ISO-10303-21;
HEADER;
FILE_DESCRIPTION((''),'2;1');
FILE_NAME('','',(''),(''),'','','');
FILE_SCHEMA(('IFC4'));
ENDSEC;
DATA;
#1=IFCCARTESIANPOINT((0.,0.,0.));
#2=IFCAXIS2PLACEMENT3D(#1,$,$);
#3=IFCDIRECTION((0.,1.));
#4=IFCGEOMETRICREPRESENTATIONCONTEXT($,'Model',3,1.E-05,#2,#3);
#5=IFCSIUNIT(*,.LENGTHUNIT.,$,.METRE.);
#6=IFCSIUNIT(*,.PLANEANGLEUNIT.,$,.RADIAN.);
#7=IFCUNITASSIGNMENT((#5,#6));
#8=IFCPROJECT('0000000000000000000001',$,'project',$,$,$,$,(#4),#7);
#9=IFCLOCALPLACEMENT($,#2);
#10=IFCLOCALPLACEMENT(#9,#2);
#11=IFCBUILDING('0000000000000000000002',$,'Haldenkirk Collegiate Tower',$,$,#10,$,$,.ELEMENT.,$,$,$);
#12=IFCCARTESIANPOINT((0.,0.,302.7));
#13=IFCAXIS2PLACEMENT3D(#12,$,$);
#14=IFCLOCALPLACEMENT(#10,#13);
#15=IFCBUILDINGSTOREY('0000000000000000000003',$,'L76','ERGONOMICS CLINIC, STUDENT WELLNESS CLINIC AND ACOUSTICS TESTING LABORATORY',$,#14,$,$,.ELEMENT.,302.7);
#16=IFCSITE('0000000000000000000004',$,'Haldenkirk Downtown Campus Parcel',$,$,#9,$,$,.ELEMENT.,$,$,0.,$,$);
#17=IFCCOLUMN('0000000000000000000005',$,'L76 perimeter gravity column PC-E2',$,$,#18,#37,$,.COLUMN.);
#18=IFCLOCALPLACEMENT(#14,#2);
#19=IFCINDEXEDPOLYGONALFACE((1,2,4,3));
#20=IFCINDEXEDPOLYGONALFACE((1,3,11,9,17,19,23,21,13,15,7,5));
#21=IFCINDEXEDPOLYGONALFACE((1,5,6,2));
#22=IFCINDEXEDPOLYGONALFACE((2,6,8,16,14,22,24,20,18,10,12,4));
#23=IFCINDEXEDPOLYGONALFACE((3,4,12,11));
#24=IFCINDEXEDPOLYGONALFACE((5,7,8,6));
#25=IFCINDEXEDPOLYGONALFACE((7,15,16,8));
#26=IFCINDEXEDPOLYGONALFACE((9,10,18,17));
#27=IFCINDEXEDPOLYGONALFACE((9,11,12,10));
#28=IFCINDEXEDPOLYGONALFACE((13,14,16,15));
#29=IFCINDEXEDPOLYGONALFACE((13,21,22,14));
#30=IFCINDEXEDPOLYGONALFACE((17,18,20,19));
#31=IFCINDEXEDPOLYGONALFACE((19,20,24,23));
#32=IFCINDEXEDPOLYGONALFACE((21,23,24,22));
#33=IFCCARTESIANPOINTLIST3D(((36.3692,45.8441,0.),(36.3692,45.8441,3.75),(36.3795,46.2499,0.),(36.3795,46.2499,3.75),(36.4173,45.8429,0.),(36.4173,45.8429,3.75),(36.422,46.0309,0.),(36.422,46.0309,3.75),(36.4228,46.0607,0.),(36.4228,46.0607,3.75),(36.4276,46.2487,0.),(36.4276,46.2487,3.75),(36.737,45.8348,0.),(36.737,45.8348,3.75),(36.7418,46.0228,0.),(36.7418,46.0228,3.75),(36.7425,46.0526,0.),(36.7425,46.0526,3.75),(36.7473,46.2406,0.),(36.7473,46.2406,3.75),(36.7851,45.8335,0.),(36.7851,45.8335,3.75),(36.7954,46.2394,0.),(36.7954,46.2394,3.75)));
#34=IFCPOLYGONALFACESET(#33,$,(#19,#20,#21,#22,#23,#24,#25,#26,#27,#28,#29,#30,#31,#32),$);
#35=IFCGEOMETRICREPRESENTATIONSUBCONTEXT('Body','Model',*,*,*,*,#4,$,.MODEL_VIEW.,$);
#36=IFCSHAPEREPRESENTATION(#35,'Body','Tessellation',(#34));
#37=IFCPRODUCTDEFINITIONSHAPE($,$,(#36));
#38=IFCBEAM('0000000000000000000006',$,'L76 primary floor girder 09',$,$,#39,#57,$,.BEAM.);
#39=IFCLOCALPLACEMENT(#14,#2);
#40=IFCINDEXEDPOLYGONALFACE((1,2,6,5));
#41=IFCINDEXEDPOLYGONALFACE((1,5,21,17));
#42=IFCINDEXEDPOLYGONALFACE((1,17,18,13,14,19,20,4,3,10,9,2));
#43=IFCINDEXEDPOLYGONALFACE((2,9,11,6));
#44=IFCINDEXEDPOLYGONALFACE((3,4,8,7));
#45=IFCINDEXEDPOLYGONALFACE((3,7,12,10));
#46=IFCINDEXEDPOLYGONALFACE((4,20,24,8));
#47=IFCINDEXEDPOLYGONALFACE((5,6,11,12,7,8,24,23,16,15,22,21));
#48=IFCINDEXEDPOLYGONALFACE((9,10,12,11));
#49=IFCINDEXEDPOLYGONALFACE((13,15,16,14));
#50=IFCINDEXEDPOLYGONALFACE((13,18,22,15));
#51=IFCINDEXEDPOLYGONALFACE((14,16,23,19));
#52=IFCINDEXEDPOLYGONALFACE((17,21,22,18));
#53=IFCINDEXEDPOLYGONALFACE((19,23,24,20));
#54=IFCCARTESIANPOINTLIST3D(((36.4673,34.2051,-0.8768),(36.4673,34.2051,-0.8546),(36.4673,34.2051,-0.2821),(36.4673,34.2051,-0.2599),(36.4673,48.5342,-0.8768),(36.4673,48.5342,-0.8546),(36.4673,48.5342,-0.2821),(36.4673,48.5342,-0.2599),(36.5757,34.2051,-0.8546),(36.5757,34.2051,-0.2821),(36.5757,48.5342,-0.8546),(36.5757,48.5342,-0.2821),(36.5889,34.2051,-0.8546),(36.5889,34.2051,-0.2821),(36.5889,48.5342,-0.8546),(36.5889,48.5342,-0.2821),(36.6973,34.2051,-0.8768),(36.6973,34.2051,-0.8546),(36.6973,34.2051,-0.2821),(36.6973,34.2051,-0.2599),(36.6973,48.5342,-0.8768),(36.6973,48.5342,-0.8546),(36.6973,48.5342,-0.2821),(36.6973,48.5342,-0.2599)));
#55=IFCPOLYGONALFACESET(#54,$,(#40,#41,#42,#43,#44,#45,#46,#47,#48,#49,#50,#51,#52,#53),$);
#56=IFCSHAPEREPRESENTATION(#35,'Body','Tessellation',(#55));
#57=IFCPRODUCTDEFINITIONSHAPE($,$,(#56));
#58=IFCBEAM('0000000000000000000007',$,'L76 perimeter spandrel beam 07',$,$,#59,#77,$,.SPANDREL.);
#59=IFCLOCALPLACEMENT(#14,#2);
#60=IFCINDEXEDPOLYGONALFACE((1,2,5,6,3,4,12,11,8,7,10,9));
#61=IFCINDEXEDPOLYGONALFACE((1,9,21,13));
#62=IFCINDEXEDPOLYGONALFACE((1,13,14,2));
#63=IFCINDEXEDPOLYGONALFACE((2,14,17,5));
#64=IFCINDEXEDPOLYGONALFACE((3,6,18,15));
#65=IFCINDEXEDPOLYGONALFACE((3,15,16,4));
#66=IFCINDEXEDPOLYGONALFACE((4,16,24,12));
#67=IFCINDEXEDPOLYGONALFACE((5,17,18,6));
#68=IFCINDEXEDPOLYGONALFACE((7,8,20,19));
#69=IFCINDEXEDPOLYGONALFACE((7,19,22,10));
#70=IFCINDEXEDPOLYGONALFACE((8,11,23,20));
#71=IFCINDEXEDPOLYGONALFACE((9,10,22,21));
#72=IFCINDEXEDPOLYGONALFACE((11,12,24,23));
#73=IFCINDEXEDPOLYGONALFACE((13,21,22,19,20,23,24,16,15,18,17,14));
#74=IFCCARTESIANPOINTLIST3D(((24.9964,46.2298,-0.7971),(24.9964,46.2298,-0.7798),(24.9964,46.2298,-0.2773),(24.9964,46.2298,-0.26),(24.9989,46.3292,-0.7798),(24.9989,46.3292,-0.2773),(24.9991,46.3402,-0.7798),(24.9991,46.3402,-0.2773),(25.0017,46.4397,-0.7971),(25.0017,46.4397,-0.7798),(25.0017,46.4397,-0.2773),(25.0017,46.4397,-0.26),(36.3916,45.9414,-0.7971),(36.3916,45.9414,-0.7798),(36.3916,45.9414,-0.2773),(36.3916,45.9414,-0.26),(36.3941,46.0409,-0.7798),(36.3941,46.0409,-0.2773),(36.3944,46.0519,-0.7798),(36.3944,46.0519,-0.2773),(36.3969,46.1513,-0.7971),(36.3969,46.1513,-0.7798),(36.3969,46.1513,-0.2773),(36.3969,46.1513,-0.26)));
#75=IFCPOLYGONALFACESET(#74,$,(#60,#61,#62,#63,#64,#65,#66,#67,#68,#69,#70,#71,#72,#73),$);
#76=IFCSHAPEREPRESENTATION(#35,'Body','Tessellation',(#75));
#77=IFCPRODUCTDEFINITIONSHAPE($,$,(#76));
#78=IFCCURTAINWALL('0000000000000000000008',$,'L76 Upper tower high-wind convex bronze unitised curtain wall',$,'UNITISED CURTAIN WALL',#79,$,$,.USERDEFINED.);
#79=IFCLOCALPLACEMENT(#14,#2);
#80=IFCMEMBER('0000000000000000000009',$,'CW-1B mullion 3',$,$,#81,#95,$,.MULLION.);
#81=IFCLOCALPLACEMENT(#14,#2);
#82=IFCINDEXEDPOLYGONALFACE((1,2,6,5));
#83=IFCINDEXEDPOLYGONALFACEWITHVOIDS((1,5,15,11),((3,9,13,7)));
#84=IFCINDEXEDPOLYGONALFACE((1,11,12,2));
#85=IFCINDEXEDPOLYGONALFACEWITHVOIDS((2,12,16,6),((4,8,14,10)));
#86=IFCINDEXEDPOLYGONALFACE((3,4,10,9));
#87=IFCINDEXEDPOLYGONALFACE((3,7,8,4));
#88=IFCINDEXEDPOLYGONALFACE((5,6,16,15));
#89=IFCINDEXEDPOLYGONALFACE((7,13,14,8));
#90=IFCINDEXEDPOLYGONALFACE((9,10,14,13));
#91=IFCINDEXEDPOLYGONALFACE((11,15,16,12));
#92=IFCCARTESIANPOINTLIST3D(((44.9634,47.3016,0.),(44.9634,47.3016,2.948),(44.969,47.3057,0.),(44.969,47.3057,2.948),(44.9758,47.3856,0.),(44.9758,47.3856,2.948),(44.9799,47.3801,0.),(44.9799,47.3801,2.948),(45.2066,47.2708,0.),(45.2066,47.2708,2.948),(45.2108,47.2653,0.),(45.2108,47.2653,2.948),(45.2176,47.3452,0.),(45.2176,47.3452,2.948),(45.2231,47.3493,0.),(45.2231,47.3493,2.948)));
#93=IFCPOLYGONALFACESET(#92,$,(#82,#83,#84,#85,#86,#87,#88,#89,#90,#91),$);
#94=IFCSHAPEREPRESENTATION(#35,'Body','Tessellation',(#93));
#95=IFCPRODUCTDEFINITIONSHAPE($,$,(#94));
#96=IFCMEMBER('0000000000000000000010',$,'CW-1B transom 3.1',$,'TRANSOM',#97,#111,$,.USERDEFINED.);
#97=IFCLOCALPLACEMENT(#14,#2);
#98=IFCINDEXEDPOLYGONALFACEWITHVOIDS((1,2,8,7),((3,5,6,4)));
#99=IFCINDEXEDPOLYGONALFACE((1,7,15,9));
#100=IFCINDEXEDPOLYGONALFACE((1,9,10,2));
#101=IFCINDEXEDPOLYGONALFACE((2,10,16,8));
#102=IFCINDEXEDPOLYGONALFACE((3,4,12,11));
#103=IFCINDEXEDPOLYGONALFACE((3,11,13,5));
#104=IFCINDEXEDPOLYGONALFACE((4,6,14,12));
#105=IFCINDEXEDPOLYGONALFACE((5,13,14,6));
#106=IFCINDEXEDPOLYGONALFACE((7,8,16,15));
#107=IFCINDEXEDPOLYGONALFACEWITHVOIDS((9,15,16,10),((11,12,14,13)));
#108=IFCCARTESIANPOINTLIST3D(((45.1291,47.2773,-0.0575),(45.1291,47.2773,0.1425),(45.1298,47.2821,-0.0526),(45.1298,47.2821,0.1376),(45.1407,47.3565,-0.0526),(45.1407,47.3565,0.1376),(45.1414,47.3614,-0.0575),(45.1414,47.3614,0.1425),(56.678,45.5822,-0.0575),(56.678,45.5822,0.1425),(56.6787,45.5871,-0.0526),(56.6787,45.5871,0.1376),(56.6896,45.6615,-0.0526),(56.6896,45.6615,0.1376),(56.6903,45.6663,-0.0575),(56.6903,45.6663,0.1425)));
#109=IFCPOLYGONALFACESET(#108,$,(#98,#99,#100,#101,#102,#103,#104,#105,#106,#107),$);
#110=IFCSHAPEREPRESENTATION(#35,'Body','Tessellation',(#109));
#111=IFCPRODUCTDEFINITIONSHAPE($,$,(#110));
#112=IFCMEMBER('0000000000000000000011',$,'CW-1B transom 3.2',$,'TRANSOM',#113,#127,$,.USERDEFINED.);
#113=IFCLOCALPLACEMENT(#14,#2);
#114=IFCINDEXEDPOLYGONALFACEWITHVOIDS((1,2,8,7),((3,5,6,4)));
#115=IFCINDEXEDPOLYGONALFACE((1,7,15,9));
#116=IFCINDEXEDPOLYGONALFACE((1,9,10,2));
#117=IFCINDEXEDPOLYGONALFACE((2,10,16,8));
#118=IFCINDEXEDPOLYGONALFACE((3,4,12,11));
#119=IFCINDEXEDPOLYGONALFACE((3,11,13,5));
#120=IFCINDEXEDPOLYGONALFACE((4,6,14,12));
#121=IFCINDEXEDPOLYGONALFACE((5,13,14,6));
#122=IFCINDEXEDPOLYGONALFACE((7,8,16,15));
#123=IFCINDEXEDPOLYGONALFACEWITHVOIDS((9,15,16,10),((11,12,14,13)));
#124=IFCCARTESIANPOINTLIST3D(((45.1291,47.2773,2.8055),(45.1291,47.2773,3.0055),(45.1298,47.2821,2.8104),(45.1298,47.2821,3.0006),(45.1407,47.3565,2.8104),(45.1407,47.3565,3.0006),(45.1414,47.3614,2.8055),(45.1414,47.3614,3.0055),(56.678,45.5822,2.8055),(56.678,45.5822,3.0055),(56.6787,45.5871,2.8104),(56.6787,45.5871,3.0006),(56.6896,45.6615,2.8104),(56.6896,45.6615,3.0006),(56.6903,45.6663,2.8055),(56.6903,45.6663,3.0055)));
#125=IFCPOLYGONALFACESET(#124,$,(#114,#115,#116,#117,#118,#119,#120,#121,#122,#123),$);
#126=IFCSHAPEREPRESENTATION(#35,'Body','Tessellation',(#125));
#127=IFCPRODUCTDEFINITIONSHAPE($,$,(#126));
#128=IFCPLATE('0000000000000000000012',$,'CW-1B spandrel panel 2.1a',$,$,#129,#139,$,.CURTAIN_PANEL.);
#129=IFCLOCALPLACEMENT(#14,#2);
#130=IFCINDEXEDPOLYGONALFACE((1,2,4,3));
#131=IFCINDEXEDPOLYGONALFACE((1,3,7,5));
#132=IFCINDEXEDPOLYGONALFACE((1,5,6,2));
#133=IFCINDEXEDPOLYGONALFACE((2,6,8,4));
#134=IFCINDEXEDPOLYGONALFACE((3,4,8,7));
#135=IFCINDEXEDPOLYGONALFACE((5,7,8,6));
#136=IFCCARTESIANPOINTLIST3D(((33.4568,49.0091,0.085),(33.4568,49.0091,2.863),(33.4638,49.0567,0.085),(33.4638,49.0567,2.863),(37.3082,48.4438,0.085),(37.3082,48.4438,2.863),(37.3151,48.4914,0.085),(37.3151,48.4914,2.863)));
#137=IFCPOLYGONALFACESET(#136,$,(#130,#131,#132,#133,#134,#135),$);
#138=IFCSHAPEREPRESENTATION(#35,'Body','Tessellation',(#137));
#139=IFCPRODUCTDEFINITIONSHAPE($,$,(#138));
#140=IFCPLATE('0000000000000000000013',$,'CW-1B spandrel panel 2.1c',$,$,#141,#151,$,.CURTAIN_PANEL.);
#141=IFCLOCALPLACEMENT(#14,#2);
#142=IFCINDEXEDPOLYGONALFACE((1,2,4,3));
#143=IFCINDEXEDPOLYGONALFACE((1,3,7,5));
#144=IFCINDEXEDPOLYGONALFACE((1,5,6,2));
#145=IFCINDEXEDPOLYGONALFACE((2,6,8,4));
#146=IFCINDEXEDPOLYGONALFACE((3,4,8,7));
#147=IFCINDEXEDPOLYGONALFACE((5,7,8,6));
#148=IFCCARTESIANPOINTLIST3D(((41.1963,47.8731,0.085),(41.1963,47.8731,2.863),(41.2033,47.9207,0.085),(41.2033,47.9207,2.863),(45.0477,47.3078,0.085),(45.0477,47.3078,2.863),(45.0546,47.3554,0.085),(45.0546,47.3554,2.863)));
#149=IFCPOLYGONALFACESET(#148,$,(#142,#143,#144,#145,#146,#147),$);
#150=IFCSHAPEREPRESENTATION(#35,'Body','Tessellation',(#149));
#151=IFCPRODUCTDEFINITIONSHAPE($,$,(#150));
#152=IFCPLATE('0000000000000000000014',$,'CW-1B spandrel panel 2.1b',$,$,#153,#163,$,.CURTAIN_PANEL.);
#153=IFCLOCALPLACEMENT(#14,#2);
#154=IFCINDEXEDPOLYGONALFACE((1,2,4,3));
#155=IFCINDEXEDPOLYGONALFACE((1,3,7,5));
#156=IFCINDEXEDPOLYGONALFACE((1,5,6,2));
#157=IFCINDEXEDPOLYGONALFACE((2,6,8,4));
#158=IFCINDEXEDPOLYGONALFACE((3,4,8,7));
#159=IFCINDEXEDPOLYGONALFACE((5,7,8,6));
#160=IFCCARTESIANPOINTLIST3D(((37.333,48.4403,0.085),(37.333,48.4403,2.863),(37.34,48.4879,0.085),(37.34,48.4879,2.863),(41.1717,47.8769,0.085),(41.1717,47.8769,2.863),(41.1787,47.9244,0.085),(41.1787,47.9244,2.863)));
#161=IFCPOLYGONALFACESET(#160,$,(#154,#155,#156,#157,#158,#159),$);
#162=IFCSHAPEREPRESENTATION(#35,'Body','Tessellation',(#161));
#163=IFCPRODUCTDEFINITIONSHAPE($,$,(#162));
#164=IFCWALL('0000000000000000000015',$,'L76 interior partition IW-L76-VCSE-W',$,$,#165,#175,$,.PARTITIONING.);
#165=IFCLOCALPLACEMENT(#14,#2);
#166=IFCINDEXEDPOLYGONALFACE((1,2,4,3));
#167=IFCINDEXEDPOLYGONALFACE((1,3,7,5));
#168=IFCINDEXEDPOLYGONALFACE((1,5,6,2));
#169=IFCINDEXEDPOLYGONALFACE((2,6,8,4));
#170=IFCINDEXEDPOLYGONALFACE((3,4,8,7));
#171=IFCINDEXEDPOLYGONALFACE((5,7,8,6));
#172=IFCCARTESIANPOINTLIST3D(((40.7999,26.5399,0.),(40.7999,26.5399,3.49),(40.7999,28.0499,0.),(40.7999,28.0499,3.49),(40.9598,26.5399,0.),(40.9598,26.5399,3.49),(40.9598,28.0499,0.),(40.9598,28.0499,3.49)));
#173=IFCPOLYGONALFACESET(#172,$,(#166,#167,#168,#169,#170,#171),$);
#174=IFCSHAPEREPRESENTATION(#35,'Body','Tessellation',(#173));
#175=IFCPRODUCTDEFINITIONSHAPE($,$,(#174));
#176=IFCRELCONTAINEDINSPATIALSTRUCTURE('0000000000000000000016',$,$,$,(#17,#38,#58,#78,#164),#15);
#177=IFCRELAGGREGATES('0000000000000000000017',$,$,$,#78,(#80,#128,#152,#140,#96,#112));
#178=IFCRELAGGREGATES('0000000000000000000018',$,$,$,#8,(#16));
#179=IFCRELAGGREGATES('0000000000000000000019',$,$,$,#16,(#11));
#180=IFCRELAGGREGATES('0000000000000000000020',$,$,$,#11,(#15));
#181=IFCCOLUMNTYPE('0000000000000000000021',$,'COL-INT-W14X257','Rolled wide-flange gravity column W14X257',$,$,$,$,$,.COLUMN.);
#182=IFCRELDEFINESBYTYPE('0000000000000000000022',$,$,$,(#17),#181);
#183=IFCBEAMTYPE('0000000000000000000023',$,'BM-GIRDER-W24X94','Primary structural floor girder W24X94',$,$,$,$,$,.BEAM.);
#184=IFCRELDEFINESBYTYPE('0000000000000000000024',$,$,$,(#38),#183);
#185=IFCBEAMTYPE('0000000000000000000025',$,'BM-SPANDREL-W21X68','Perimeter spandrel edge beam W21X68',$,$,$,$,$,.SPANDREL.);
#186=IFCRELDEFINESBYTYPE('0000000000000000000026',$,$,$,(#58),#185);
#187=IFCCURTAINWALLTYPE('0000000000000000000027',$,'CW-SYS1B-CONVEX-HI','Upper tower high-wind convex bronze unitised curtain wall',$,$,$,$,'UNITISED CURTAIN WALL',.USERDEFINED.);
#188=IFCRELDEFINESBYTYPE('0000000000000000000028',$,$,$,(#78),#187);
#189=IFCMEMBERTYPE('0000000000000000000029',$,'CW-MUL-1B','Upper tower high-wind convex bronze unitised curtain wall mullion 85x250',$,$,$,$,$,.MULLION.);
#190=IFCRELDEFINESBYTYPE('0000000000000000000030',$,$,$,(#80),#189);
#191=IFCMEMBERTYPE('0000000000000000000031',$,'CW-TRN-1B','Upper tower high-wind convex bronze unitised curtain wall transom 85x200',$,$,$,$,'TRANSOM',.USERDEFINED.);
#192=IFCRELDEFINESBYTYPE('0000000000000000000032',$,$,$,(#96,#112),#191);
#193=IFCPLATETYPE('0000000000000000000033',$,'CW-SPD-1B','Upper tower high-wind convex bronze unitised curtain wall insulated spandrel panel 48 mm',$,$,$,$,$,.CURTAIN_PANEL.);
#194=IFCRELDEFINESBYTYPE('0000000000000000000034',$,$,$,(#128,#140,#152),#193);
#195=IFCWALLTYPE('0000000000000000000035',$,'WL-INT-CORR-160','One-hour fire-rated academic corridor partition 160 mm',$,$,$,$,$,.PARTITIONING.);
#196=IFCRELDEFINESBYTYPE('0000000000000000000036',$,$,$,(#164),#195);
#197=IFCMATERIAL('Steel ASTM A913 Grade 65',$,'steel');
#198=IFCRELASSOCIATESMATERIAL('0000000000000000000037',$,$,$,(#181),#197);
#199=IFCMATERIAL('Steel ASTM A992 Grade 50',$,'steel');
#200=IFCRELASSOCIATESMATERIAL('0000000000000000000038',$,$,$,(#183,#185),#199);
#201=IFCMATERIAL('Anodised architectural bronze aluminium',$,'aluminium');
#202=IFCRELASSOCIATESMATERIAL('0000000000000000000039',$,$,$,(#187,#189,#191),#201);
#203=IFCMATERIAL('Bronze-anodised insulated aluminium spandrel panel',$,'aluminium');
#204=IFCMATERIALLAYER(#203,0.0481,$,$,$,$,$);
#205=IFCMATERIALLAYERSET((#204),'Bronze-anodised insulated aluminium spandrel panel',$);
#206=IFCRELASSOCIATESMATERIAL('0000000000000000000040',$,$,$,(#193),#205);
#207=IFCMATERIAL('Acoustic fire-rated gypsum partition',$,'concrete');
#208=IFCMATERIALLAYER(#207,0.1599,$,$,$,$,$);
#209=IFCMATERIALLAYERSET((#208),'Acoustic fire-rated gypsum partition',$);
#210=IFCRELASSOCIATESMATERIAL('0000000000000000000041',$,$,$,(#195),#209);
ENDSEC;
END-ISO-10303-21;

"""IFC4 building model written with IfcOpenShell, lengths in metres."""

from ifc_helpers import new_model, si_unit, direction, frame, frame_2d, origin, origin_2d, place, context, subcontext, project, spatial, rectangle, hollow_rectangle, i_section, extrude, source, transform, mapped, material, layer, layer_set, material_profile, profile_set, type_object, element, aggregate, save


model = new_model("IFC4")

# Units and contexts
model_context = context("Model", 3, precision=1e-05, world=origin(), true_north=direction((0.0, 1.0)))
body_context = subcontext(model_context, "Body", "Model", "MODEL_VIEW")
ifc_project = project(units=[si_unit("LENGTHUNIT", "METRE"), si_unit("PLANEANGLEUNIT", "RADIAN")], contexts=[model_context])

# Site, building, storey
site_placement = place(None, origin())
site = spatial("IfcSite", under=ifc_project, at=site_placement, Name="Haldenkirk Downtown Campus Parcel", CompositionType="ELEMENT", RefElevation=0.0)
building_placement = place(site_placement, origin())
building = spatial("IfcBuilding", under=site, at=building_placement, Name="Haldenkirk Collegiate Tower", CompositionType="ELEMENT")
storey_placement = place(building_placement, frame((0.0, 0.0, 302.7)))
storey = spatial("IfcBuildingStorey", under=building, at=storey_placement, Name="L76", Description="ERGONOMICS CLINIC, STUDENT WELLNESS CLINIC AND ACOUSTICS TESTING LABORATORY", CompositionType="ELEMENT", Elevation=302.7)

# Column
ifc_material_1 = material(Name="Steel ASTM A913 Grade 65", Category="steel")
ifc_material_profile_1 = material_profile(ifc_material_1, i_section(OverallWidth=0.406, OverallDepth=0.416, WebThickness=0.0298, FlangeThickness=0.0481, at=origin_2d()), Name="W14X257")
ifc_profile_set_1 = profile_set([ifc_material_profile_1], Name="Steel ASTM A913 Grade 65")
column_type = type_object("IfcColumnType", Name="COL-INT-W14X257", Description="Rolled wide-flange gravity column W14X257", PredefinedType="COLUMN", material=ifc_profile_set_1)
column_placement = place(storey_placement, frame((36.5823, 46.0417, 0.0), z_axis=(0.0, 0.0, 1.0), x_axis=(0.025305, 0.99968, 0.0)))
element("IfcColumn", 1, at=column_placement, inside=storey, type_object=column_type, Name="L76 perimeter gravity column PC-E2", PredefinedType="COLUMN", context=body_context, shape_type="SweptSolid", body=[
    extrude(i_section(OverallWidth=0.406, OverallDepth=0.416, WebThickness=0.0298, FlangeThickness=0.0481, at=origin_2d()), origin(), (0.0, 0.0, 1.0), 3.75),
])

# Beams
ifc_material_2 = material(Name="Steel ASTM A992 Grade 50", Category="steel")
ifc_material_profile_2 = material_profile(ifc_material_2, i_section(OverallWidth=0.23, OverallDepth=0.6169, WebThickness=0.0132, FlangeThickness=0.0222, at=origin_2d()), Name="W24X94")
ifc_profile_set_2 = profile_set([ifc_material_profile_2], Name="Steel ASTM A992 Grade 50")
beam_type_1 = type_object("IfcBeamType", Name="BM-GIRDER-W24X94", Description="Primary structural floor girder W24X94", PredefinedType="BEAM", material=ifc_profile_set_2)
beam_1_placement = place(storey_placement, frame((36.5823, 48.5342, -0.5684), z_axis=(0.0, -1.0, 0.0), x_axis=(1.0, 0.0, 0.0)))
element("IfcBeam", 2, at=beam_1_placement, inside=storey, type_object=beam_type_1, Name="L76 primary floor girder 09", PredefinedType="BEAM", context=body_context, shape_type="SweptSolid", body=[
    extrude(i_section(OverallWidth=0.23, OverallDepth=0.6169, WebThickness=0.0132, FlangeThickness=0.0222, at=origin_2d()), origin(), (0.0, 0.0, 1.0), 14.3291),
])
ifc_material_profile_3 = material_profile(ifc_material_2, i_section(OverallWidth=0.21, OverallDepth=0.5371, WebThickness=0.011, FlangeThickness=0.0173, at=origin_2d()), Name="W21X68")
ifc_profile_set_3 = profile_set([ifc_material_profile_3], Name="Steel ASTM A992 Grade 50")
beam_type_2 = type_object("IfcBeamType", Name="BM-SPANDREL-W21X68", Description="Perimeter spandrel edge beam W21X68", PredefinedType="SPANDREL", material=ifc_profile_set_3)
beam_2_placement = place(storey_placement, frame((36.3943, 46.0464, -0.5286), z_axis=(-0.99968, 0.025295, 0.0), x_axis=(-0.025295, -0.99968, 0.0)))
element("IfcBeam", 3, at=beam_2_placement, inside=storey, type_object=beam_type_2, Name="L76 perimeter spandrel beam 07", PredefinedType="SPANDREL", context=body_context, shape_type="SweptSolid", body=[
    extrude(i_section(OverallWidth=0.21, OverallDepth=0.5371, WebThickness=0.011, FlangeThickness=0.0173, at=origin_2d()), origin(), (0.0, 0.0, 1.0), 11.3989),
])

# Curtain wall, members, plates
ifc_material_3 = material(Name="Anodised architectural bronze aluminium", Category="aluminium")
curtain_wall_type = type_object("IfcCurtainWallType", Name="CW-SYS1B-CONVEX-HI", Description="Upper tower high-wind convex bronze unitised curtain wall", ElementType="UNITISED CURTAIN WALL", PredefinedType="USERDEFINED", material=ifc_material_3)
curtain_wall_placement = place(storey_placement, origin())
curtain_wall = element("IfcCurtainWall", 4, at=curtain_wall_placement, inside=storey, type_object=curtain_wall_type, Name="L76 Upper tower high-wind convex bronze unitised curtain wall", ObjectType="UNITISED CURTAIN WALL", PredefinedType="USERDEFINED")
ifc_material_profile_4 = material_profile(ifc_material_3, hollow_rectangle(XDim=0.085, YDim=0.25, WallThickness=0.0049, at=origin_2d()), Name="CW-MUL-1B")
ifc_profile_set_4 = profile_set([ifc_material_profile_4], Name="Anodised architectural bronze aluminium")
member_type_1 = type_object("IfcMemberType", Name="CW-MUL-1B", Description="Upper tower high-wind convex bronze unitised curtain wall mullion 85x250", PredefinedType="MULLION", material=ifc_profile_set_4)
member_1_placement = place(storey_placement, frame((45.0933, 47.3254, 0.0), z_axis=(0.0, 0.0, 1.0), x_axis=(0.14522, 0.989399, 0.0)))
member_1 = element("IfcMember", 5, at=member_1_placement, type_object=member_type_1, Name="CW-1B mullion 3", PredefinedType="MULLION", context=body_context, shape_type="SweptSolid", body=[
    extrude(hollow_rectangle(XDim=0.085, YDim=0.25, WallThickness=0.0049, at=origin_2d()), origin(), (0.0, 0.0, 1.0), 2.948),
])
ifc_material_profile_5 = material_profile(ifc_material_3, hollow_rectangle(XDim=0.085, YDim=0.2, WallThickness=0.0049, at=origin_2d()), Name="CW-TRN-1B")
ifc_profile_set_5 = profile_set([ifc_material_profile_5], Name="Anodised architectural bronze aluminium")
member_type_2 = type_object("IfcMemberType", Name="CW-TRN-1B", Description="Upper tower high-wind convex bronze unitised curtain wall transom 85x200", ElementType="TRANSOM", PredefinedType="USERDEFINED", material=ifc_profile_set_5)
member_2_placement = place(storey_placement, frame((45.1353, 47.3193, 0.0425), z_axis=(0.9894, -0.145218, 0.0), x_axis=(0.145218, 0.9894, 0.0)))
member_2 = element("IfcMember", 6, at=member_2_placement, type_object=member_type_2, Name="CW-1B transom 3.1", ObjectType="TRANSOM", PredefinedType="USERDEFINED", context=body_context, shape_type="SweptSolid", body=[
    extrude(hollow_rectangle(XDim=0.085, YDim=0.2, WallThickness=0.0049, at=origin_2d()), origin(), (0.0, 0.0, 1.0), 11.6726),
])
member_3_placement = place(storey_placement, frame((45.1353, 47.3193, 2.9055), z_axis=(0.9894, -0.145218, 0.0), x_axis=(0.145218, 0.9894, 0.0)))
member_3 = element("IfcMember", 7, at=member_3_placement, type_object=member_type_2, Name="CW-1B transom 3.2", ObjectType="TRANSOM", PredefinedType="USERDEFINED", context=body_context, shape_type="SweptSolid", body=[
    extrude(hollow_rectangle(XDim=0.085, YDim=0.2, WallThickness=0.0049, at=origin_2d()), origin(), (0.0, 0.0, 1.0), 11.6726),
])
ifc_material_4 = material(Name="Bronze-anodised insulated aluminium spandrel panel", Category="aluminium")
ifc_layer_1 = layer(ifc_material_4, 0.0481)
ifc_layer_set_1 = layer_set([ifc_layer_1], Name="Bronze-anodised insulated aluminium spandrel panel")
plate_type = type_object("IfcPlateType", Name="CW-SPD-1B", Description="Upper tower high-wind convex bronze unitised curtain wall insulated spandrel panel 48 mm", PredefinedType="CURTAIN_PANEL", material=ifc_layer_set_1)
shared_shape_1 = source(origin(), body_context, "Body", "SweptSolid", [
    extrude(rectangle(XDim=3.8926, YDim=0.0481, at=origin_2d()), origin(), (0.0, 0.0, 1.0), 2.7781),
])
plate_1_placement = place(storey_placement, frame((35.386, 48.7502, 0.085), z_axis=(0.0, 0.0, 1.0), x_axis=(0.989399, -0.14522, 0.0)))
plate_1 = element("IfcPlate", 8, at=plate_1_placement, type_object=plate_type, Name="CW-1B spandrel panel 2.1a", PredefinedType="CURTAIN_PANEL", context=body_context, shape_type="MappedRepresentation", body=[
    mapped(shared_shape_1, transform((0.0, 0.0, 0.0), x_axis=(1.0, 0.0, 0.0), y_axis=(0.0, 1.0, 0.0), z_axis=(0.0, 0.0, 1.0), scale=1.0)),
])
plate_2_placement = place(storey_placement, frame((43.1255, 47.6143, 0.085), z_axis=(0.0, 0.0, 1.0), x_axis=(0.989399, -0.14522, 0.0)))
plate_2 = element("IfcPlate", 9, at=plate_2_placement, type_object=plate_type, Name="CW-1B spandrel panel 2.1c", PredefinedType="CURTAIN_PANEL", context=body_context, shape_type="MappedRepresentation", body=[
    mapped(shared_shape_1, transform((0.0, 0.0, 0.0), x_axis=(1.0, 0.0, 0.0), y_axis=(0.0, 1.0, 0.0), z_axis=(0.0, 0.0, 1.0), scale=1.0)),
])
shared_shape_2 = source(origin(), body_context, "Body", "SweptSolid", [
    extrude(rectangle(XDim=3.8799, YDim=0.0481, at=origin_2d()), origin(), (0.0, 0.0, 1.0), 2.7781),
])
plate_3_placement = place(storey_placement, frame((39.2559, 48.1824, 0.085), z_axis=(0.0, 0.0, 1.0), x_axis=(0.989399, -0.14522, 0.0)))
plate_3 = element("IfcPlate", 10, at=plate_3_placement, type_object=plate_type, Name="CW-1B spandrel panel 2.1b", PredefinedType="CURTAIN_PANEL", context=body_context, shape_type="MappedRepresentation", body=[
    mapped(shared_shape_2, transform((0.0, 0.0, 0.0), x_axis=(1.0, 0.0, 0.0), y_axis=(0.0, 1.0, 0.0), z_axis=(0.0, 0.0, 1.0), scale=1.0)),
])
aggregate(curtain_wall, [member_1, plate_1, plate_3, plate_2, member_2, member_3])

# Shared definitions
ifc_material_5 = material(Name="Acoustic fire-rated gypsum partition", Category="concrete")
ifc_layer_2 = layer(ifc_material_5, 0.1599)
ifc_layer_set_2 = layer_set([ifc_layer_2], Name="Acoustic fire-rated gypsum partition")
wall_type_1 = type_object("IfcWallType", Name="WL-INT-CORR-160", Description="One-hour fire-rated academic corridor partition 160 mm", PredefinedType="PARTITIONING", material=ifc_layer_set_2)

# Wall
wall_1_placement = place(storey_placement, frame((40.8799, 26.54, 0.0), z_axis=(0.0, 0.0, 1.0), x_axis=(0.0, 1.0, 0.0)))
element("IfcWall", 11, at=wall_1_placement, inside=storey, type_object=wall_type_1, Name="L76 interior partition IW-L76-VCSE-W", PredefinedType="PARTITIONING", context=body_context, shape_type="SweptSolid", body=[
    extrude(rectangle(XDim=1.51, YDim=0.1599, at=frame_2d((0.7549, 0.0))), origin(), (0.0, 0.0, 1.0), 3.49),
])

save(model, "model.ifc")
